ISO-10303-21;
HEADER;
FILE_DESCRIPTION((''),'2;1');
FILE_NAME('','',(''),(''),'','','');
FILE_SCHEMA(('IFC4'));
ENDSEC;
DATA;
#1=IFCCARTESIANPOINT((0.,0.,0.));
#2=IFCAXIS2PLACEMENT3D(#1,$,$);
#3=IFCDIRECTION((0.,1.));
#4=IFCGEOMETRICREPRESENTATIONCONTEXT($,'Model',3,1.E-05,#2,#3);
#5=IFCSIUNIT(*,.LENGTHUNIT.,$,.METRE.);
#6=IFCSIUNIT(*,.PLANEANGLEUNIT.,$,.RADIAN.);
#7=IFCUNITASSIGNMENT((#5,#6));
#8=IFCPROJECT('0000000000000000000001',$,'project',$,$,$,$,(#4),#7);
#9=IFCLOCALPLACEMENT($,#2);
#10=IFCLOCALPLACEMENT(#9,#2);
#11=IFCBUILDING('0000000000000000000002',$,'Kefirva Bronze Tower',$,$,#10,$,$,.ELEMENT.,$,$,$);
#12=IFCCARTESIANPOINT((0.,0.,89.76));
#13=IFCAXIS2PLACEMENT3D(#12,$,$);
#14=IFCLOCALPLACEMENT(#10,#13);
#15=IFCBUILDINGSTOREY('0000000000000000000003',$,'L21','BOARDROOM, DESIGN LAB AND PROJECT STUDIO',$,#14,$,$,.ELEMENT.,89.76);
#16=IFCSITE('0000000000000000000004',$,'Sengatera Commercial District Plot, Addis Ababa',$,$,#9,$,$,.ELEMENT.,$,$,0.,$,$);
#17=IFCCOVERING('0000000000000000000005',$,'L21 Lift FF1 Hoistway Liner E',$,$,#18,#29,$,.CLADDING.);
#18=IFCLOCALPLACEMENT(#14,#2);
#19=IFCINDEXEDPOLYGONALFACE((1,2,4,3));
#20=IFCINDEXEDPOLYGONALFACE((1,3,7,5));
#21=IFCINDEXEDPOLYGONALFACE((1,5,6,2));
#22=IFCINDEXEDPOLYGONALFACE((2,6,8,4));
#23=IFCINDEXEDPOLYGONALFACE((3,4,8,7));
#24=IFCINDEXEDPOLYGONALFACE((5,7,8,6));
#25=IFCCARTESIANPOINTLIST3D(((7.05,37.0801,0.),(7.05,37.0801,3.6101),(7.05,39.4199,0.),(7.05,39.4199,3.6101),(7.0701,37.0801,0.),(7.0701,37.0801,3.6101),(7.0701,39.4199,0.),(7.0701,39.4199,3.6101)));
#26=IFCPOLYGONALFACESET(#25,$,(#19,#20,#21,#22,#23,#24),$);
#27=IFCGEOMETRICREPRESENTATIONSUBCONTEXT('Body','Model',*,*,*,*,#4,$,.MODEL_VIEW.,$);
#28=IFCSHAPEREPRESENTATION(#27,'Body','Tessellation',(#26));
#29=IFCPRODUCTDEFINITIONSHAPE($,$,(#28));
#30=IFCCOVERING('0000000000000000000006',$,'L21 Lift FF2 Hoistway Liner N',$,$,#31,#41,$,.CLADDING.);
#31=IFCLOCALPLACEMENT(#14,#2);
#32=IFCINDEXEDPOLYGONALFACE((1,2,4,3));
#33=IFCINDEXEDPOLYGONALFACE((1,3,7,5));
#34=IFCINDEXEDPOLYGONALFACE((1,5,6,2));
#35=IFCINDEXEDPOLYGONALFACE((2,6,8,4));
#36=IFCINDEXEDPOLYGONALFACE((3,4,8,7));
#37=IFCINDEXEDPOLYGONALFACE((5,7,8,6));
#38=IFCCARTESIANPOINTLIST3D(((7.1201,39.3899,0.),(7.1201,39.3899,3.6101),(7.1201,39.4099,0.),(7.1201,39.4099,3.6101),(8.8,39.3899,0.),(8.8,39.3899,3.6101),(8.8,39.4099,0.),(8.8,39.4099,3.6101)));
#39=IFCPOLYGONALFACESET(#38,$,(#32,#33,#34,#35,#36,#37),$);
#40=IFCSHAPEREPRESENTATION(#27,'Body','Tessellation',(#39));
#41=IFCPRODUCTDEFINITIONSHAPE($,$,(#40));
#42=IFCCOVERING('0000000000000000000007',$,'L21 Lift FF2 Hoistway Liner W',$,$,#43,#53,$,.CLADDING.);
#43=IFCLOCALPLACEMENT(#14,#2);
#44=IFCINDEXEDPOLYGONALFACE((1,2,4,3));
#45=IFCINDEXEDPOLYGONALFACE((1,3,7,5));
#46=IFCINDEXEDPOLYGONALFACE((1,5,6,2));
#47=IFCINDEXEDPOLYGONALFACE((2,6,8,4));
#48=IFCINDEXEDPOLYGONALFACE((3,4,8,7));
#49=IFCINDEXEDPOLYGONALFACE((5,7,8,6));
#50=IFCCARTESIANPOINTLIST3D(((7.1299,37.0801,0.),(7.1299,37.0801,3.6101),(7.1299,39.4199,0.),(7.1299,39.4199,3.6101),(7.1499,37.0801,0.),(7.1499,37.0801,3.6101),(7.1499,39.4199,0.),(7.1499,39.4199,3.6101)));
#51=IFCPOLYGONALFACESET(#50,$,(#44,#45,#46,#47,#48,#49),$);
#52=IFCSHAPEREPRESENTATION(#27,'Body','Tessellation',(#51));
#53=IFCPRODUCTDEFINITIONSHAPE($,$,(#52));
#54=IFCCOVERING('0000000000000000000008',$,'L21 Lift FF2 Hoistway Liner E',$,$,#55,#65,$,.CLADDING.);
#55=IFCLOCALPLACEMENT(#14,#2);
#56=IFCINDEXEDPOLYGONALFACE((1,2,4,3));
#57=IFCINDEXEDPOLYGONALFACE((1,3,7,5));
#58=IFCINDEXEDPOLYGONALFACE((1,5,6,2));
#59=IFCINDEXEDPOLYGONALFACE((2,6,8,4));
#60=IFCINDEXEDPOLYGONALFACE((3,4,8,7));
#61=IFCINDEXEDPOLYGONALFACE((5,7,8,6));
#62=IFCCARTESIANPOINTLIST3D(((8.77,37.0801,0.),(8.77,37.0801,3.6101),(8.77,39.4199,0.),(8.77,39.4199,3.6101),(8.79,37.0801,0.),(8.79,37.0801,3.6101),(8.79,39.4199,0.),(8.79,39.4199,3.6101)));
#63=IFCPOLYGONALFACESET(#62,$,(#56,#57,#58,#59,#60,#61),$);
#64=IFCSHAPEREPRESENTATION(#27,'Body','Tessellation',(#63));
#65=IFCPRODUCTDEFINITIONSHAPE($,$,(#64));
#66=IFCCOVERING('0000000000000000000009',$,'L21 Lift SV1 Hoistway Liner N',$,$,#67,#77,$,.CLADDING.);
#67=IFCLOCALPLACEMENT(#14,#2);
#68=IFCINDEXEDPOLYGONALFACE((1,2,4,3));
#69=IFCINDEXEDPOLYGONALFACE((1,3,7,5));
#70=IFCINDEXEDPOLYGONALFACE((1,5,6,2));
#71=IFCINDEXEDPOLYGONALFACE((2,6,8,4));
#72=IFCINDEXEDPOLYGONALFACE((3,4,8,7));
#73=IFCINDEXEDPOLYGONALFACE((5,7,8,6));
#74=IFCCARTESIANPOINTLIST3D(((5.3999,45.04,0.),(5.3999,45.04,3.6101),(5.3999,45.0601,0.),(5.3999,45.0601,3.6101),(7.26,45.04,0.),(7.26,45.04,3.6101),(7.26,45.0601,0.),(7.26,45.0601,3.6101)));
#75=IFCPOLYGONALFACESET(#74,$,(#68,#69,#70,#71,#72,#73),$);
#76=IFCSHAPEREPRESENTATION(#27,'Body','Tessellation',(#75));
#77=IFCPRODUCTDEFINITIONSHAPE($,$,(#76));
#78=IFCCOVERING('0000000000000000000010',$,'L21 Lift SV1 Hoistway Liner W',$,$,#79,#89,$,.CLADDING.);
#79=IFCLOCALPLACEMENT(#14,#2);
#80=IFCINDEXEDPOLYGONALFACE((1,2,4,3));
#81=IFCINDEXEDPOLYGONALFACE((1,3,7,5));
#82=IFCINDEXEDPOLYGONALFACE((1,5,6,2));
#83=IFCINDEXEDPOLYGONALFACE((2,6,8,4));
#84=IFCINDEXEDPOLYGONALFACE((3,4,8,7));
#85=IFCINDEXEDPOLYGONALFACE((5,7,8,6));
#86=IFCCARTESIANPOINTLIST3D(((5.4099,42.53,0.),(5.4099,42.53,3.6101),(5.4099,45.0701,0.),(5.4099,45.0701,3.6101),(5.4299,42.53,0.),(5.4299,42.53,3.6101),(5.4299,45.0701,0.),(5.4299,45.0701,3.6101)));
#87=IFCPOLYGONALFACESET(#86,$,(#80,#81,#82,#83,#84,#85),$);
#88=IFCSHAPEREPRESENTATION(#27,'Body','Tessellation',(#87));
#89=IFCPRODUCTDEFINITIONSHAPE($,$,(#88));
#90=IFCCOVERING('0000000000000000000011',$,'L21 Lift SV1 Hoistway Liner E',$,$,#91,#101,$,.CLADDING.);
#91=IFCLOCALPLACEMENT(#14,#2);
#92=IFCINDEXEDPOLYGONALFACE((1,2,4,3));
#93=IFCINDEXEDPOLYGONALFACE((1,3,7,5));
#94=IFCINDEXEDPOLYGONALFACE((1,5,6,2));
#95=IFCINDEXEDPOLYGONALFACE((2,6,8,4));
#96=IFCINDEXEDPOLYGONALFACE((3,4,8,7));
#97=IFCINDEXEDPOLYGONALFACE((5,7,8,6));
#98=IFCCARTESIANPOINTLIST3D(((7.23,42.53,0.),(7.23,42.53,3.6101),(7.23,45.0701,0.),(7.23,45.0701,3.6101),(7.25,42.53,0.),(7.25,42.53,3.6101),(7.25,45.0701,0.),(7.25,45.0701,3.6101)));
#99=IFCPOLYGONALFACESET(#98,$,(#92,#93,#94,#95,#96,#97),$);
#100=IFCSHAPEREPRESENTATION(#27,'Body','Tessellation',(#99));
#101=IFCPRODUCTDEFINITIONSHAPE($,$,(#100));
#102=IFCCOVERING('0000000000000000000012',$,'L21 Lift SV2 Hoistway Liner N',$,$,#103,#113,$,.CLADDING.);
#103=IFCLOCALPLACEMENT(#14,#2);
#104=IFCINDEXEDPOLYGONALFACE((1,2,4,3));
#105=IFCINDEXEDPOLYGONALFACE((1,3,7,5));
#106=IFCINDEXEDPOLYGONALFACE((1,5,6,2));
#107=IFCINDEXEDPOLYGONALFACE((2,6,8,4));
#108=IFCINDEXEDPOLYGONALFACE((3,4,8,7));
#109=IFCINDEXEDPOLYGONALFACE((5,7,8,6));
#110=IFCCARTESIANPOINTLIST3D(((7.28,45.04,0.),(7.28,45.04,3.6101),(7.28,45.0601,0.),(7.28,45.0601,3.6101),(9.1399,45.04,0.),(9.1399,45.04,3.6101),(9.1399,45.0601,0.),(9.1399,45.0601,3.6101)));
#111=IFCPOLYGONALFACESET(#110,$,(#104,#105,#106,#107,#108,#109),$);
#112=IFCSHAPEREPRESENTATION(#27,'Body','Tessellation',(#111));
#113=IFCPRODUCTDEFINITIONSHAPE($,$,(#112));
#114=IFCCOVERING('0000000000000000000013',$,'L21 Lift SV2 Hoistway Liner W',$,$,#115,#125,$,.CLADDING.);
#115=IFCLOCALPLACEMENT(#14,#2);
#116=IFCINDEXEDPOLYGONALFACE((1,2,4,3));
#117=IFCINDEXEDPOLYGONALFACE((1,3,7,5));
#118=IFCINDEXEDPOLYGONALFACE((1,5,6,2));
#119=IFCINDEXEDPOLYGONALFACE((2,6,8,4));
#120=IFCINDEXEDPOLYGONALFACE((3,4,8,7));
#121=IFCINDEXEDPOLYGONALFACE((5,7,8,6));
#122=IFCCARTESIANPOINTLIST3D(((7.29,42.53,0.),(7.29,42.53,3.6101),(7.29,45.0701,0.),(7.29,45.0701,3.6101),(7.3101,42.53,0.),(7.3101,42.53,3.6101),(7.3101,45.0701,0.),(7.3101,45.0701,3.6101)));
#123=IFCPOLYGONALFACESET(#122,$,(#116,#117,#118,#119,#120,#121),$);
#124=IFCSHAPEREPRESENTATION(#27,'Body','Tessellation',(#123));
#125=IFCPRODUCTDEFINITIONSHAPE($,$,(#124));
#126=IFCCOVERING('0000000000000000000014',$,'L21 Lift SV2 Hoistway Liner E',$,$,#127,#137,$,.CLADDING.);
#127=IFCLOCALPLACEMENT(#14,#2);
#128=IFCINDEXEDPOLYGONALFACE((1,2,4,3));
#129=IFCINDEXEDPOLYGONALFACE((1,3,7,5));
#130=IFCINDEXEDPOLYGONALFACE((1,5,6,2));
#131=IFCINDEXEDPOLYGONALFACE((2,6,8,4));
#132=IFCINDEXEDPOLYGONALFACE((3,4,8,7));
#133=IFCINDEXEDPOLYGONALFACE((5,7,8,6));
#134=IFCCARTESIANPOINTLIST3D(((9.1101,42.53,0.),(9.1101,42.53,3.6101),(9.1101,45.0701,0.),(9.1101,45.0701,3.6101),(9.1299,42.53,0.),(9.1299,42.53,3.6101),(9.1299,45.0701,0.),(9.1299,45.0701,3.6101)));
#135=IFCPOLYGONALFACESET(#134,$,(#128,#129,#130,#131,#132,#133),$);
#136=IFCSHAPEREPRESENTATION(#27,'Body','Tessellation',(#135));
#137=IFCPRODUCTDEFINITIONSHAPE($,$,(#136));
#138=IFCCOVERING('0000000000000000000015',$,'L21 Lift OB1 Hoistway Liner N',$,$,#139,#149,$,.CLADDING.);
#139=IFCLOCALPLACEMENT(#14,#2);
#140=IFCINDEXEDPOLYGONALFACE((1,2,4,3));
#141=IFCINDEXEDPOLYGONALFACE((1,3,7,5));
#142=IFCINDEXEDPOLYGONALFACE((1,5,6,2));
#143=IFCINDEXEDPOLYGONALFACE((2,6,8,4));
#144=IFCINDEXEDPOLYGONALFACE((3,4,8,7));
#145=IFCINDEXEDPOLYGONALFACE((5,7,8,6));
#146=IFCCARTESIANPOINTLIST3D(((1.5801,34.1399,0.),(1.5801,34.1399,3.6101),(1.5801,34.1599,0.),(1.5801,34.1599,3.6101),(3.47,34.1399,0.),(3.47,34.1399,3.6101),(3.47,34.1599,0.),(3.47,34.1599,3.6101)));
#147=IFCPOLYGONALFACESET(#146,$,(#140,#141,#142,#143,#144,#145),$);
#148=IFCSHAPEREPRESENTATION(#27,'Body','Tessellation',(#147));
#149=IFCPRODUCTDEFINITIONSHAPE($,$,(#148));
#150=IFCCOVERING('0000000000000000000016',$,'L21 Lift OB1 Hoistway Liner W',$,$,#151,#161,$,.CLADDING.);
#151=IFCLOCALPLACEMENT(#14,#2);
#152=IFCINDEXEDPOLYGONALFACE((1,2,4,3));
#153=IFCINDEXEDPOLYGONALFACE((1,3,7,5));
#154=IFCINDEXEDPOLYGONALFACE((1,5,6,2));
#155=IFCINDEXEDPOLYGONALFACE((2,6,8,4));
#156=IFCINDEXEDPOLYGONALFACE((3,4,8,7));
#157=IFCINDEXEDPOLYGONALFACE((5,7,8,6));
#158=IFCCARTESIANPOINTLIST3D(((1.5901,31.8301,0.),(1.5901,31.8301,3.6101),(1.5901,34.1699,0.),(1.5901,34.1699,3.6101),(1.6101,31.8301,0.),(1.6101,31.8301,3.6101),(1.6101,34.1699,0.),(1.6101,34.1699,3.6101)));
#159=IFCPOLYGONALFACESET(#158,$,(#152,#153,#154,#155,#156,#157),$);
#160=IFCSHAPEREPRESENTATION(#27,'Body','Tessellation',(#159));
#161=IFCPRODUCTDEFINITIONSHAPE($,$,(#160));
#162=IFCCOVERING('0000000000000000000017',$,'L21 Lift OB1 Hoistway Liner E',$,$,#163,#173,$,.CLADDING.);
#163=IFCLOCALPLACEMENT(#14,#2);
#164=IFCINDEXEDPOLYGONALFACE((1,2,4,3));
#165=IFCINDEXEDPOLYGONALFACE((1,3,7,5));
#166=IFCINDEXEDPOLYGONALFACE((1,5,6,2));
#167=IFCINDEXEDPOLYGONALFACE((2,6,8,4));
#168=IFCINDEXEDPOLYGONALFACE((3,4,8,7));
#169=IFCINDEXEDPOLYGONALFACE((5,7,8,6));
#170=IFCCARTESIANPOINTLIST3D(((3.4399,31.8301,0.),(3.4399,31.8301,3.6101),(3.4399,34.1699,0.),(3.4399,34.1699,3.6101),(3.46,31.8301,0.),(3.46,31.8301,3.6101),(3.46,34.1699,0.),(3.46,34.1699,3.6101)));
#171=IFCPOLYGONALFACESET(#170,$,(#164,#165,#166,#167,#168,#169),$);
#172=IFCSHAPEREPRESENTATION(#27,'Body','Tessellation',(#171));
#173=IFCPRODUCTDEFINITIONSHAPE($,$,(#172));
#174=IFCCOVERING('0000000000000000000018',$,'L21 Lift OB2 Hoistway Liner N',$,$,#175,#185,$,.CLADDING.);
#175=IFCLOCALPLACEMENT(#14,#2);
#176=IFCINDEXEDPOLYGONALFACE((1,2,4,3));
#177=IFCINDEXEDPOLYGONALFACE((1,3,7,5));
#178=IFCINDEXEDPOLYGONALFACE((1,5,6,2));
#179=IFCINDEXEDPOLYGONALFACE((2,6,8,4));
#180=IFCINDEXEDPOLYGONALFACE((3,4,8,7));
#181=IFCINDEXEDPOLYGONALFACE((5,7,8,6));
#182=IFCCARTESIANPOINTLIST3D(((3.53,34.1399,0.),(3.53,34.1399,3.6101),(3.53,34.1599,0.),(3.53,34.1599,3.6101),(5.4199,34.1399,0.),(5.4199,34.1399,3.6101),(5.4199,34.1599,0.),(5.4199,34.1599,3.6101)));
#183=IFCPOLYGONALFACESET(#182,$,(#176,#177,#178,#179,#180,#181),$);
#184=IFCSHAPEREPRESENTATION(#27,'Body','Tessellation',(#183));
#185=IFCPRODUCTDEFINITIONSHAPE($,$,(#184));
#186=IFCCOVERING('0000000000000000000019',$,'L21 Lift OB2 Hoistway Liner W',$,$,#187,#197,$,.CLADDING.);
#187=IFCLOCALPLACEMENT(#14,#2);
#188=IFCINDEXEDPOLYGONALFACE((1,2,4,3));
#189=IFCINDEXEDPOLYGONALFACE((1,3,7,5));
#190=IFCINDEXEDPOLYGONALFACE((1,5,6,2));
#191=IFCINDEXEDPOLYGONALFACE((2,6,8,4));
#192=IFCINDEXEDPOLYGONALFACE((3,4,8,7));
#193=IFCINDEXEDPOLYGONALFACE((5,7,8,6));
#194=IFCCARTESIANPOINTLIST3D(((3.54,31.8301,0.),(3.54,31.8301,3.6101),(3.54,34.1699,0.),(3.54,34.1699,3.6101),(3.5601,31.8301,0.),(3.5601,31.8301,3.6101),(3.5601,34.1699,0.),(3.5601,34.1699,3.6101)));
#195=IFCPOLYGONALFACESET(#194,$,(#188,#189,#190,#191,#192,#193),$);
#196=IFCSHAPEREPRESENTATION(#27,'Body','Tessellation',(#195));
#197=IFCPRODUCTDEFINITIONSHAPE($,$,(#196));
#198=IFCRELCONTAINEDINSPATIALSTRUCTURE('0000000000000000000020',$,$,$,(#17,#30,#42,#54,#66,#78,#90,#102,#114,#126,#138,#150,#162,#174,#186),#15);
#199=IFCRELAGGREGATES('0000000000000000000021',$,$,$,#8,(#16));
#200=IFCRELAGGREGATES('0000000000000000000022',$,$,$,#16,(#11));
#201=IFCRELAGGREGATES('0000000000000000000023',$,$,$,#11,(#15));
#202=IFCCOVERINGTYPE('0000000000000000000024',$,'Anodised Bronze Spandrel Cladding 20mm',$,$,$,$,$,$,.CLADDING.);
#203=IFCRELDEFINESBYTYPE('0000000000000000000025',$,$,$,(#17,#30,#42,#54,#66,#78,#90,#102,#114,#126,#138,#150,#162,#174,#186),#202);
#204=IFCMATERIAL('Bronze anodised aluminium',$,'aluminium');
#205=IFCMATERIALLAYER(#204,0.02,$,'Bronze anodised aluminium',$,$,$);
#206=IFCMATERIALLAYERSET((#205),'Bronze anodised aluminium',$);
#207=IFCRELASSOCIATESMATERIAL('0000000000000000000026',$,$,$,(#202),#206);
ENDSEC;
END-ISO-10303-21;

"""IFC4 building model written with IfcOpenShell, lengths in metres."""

from ifc_helpers import new_model, si_unit, direction, frame, origin, place, context, subcontext, project, spatial, polyline, outline, extrude, material, layer, layer_set, type_object, element, save


model = new_model("IFC4")

# Units and contexts
model_context = context("Model", 3, precision=1e-05, world=origin(), true_north=direction((0.0, 1.0)))
body_context = subcontext(model_context, "Body", "Model", "MODEL_VIEW")
ifc_project = project(units=[si_unit("LENGTHUNIT", "METRE"), si_unit("PLANEANGLEUNIT", "RADIAN")], contexts=[model_context])

# Site, building, storey
site_placement = place(None, origin())
site = spatial("IfcSite", under=ifc_project, at=site_placement, Name="Sengatera Commercial District Plot, Addis Ababa", CompositionType="ELEMENT", RefElevation=0.0)
building_placement = place(site_placement, origin())
building = spatial("IfcBuilding", under=site, at=building_placement, Name="Kefirva Bronze Tower", CompositionType="ELEMENT")
storey_placement = place(building_placement, frame((0.0, 0.0, 89.76)))
storey = spatial("IfcBuildingStorey", under=building, at=storey_placement, Name="L21", Description="BOARDROOM, DESIGN LAB AND PROJECT STUDIO", CompositionType="ELEMENT", Elevation=89.76)

# Coverings
ifc_material_1 = material(Name="Bronze anodised aluminium", Category="aluminium")
ifc_layer_1 = layer(ifc_material_1, 0.02, Name="Bronze anodised aluminium")
ifc_layer_set_1 = layer_set([ifc_layer_1], Name="Bronze anodised aluminium")
covering_type = type_object("IfcCoveringType", Name="Anodised Bronze Spandrel Cladding 20mm", PredefinedType="CLADDING", material=ifc_layer_set_1)
covering_1_placement = place(storey_placement, origin())
element("IfcCovering", 1, at=covering_1_placement, inside=storey, type_object=covering_type, Name="L21 Lift FF1 Hoistway Liner E", PredefinedType="CLADDING", context=body_context, shape_type="SweptSolid", body=[
    extrude(outline(polyline([(7.05, 37.0801), (7.0701, 37.0801), (7.0701, 39.4199), (7.05, 39.4199), (7.05, 37.0801)])), origin(), (0.0, 0.0, 1.0), 3.6101),
])
covering_2_placement = place(storey_placement, origin())
element("IfcCovering", 2, at=covering_2_placement, inside=storey, type_object=covering_type, Name="L21 Lift FF2 Hoistway Liner N", PredefinedType="CLADDING", context=body_context, shape_type="SweptSolid", body=[
    extrude(outline(polyline([(7.1201, 39.3899), (8.8, 39.3899), (8.8, 39.4099), (7.1201, 39.4099), (7.1201, 39.3899)])), origin(), (0.0, 0.0, 1.0), 3.6101),
])
covering_3_placement = place(storey_placement, origin())
element("IfcCovering", 3, at=covering_3_placement, inside=storey, type_object=covering_type, Name="L21 Lift FF2 Hoistway Liner W", PredefinedType="CLADDING", context=body_context, shape_type="SweptSolid", body=[
    extrude(outline(polyline([(7.1299, 37.0801), (7.1499, 37.0801), (7.1499, 39.4199), (7.1299, 39.4199), (7.1299, 37.0801)])), origin(), (0.0, 0.0, 1.0), 3.6101),
])
covering_4_placement = place(storey_placement, origin())
element("IfcCovering", 4, at=covering_4_placement, inside=storey, type_object=covering_type, Name="L21 Lift FF2 Hoistway Liner E", PredefinedType="CLADDING", context=body_context, shape_type="SweptSolid", body=[
    extrude(outline(polyline([(8.77, 37.0801), (8.79, 37.0801), (8.79, 39.4199), (8.77, 39.4199), (8.77, 37.0801)])), origin(), (0.0, 0.0, 1.0), 3.6101),
])
covering_5_placement = place(storey_placement, origin())
element("IfcCovering", 5, at=covering_5_placement, inside=storey, type_object=covering_type, Name="L21 Lift SV1 Hoistway Liner N", PredefinedType="CLADDING", context=body_context, shape_type="SweptSolid", body=[
    extrude(outline(polyline([(5.3999, 45.04), (7.26, 45.04), (7.26, 45.0601), (5.3999, 45.0601), (5.3999, 45.04)])), origin(), (0.0, 0.0, 1.0), 3.6101),
])
covering_6_placement = place(storey_placement, origin())
element("IfcCovering", 6, at=covering_6_placement, inside=storey, type_object=covering_type, Name="L21 Lift SV1 Hoistway Liner W", PredefinedType="CLADDING", context=body_context, shape_type="SweptSolid", body=[
    extrude(outline(polyline([(5.4099, 42.53), (5.4299, 42.53), (5.4299, 45.0701), (5.4099, 45.0701), (5.4099, 42.53)])), origin(), (0.0, 0.0, 1.0), 3.6101),
])
covering_7_placement = place(storey_placement, origin())
element("IfcCovering", 7, at=covering_7_placement, inside=storey, type_object=covering_type, Name="L21 Lift SV1 Hoistway Liner E", PredefinedType="CLADDING", context=body_context, shape_type="SweptSolid", body=[
    extrude(outline(polyline([(7.23, 42.53), (7.25, 42.53), (7.25, 45.0701), (7.23, 45.0701), (7.23, 42.53)])), origin(), (0.0, 0.0, 1.0), 3.6101),
])
covering_8_placement = place(storey_placement, origin())
element("IfcCovering", 8, at=covering_8_placement, inside=storey, type_object=covering_type, Name="L21 Lift SV2 Hoistway Liner N", PredefinedType="CLADDING", context=body_context, shape_type="SweptSolid", body=[
    extrude(outline(polyline([(7.28, 45.04), (9.1399, 45.04), (9.1399, 45.0601), (7.28, 45.0601), (7.28, 45.04)])), origin(), (0.0, 0.0, 1.0), 3.6101),
])
covering_9_placement = place(storey_placement, origin())
element("IfcCovering", 9, at=covering_9_placement, inside=storey, type_object=covering_type, Name="L21 Lift SV2 Hoistway Liner W", PredefinedType="CLADDING", context=body_context, shape_type="SweptSolid", body=[
    extrude(outline(polyline([(7.29, 42.53), (7.3101, 42.53), (7.3101, 45.0701), (7.29, 45.0701), (7.29, 42.53)])), origin(), (0.0, 0.0, 1.0), 3.6101),
])
covering_10_placement = place(storey_placement, origin())
element("IfcCovering", 10, at=covering_10_placement, inside=storey, type_object=covering_type, Name="L21 Lift SV2 Hoistway Liner E", PredefinedType="CLADDING", context=body_context, shape_type="SweptSolid", body=[
    extrude(outline(polyline([(9.1101, 42.53), (9.1299, 42.53), (9.1299, 45.0701), (9.1101, 45.0701), (9.1101, 42.53)])), origin(), (0.0, 0.0, 1.0), 3.6101),
])
covering_11_placement = place(storey_placement, origin())
element("IfcCovering", 11, at=covering_11_placement, inside=storey, type_object=covering_type, Name="L21 Lift OB1 Hoistway Liner N", PredefinedType="CLADDING", context=body_context, shape_type="SweptSolid", body=[
    extrude(outline(polyline([(1.5801, 34.1399), (3.47, 34.1399), (3.47, 34.1599), (1.5801, 34.1599), (1.5801, 34.1399)])), origin(), (0.0, 0.0, 1.0), 3.6101),
])
covering_12_placement = place(storey_placement, origin())
element("IfcCovering", 12, at=covering_12_placement, inside=storey, type_object=covering_type, Name="L21 Lift OB1 Hoistway Liner W", PredefinedType="CLADDING", context=body_context, shape_type="SweptSolid", body=[
    extrude(outline(polyline([(1.5901, 31.8301), (1.6101, 31.8301), (1.6101, 34.1699), (1.5901, 34.1699), (1.5901, 31.8301)])), origin(), (0.0, 0.0, 1.0), 3.6101),
])
covering_13_placement = place(storey_placement, origin())
element("IfcCovering", 13, at=covering_13_placement, inside=storey, type_object=covering_type, Name="L21 Lift OB1 Hoistway Liner E", PredefinedType="CLADDING", context=body_context, shape_type="SweptSolid", body=[
    extrude(outline(polyline([(3.4399, 31.8301), (3.46, 31.8301), (3.46, 34.1699), (3.4399, 34.1699), (3.4399, 31.8301)])), origin(), (0.0, 0.0, 1.0), 3.6101),
])
covering_14_placement = place(storey_placement, origin())
element("IfcCovering", 14, at=covering_14_placement, inside=storey, type_object=covering_type, Name="L21 Lift OB2 Hoistway Liner N", PredefinedType="CLADDING", context=body_context, shape_type="SweptSolid", body=[
    extrude(outline(polyline([(3.53, 34.1399), (5.4199, 34.1399), (5.4199, 34.1599), (3.53, 34.1599), (3.53, 34.1399)])), origin(), (0.0, 0.0, 1.0), 3.6101),
])
covering_15_placement = place(storey_placement, origin())
element("IfcCovering", 15, at=covering_15_placement, inside=storey, type_object=covering_type, Name="L21 Lift OB2 Hoistway Liner W", PredefinedType="CLADDING", context=body_context, shape_type="SweptSolid", body=[
    extrude(outline(polyline([(3.54, 31.8301), (3.5601, 31.8301), (3.5601, 34.1699), (3.54, 34.1699), (3.54, 31.8301)])), origin(), (0.0, 0.0, 1.0), 3.6101),
])

save(model, "model.ifc")
